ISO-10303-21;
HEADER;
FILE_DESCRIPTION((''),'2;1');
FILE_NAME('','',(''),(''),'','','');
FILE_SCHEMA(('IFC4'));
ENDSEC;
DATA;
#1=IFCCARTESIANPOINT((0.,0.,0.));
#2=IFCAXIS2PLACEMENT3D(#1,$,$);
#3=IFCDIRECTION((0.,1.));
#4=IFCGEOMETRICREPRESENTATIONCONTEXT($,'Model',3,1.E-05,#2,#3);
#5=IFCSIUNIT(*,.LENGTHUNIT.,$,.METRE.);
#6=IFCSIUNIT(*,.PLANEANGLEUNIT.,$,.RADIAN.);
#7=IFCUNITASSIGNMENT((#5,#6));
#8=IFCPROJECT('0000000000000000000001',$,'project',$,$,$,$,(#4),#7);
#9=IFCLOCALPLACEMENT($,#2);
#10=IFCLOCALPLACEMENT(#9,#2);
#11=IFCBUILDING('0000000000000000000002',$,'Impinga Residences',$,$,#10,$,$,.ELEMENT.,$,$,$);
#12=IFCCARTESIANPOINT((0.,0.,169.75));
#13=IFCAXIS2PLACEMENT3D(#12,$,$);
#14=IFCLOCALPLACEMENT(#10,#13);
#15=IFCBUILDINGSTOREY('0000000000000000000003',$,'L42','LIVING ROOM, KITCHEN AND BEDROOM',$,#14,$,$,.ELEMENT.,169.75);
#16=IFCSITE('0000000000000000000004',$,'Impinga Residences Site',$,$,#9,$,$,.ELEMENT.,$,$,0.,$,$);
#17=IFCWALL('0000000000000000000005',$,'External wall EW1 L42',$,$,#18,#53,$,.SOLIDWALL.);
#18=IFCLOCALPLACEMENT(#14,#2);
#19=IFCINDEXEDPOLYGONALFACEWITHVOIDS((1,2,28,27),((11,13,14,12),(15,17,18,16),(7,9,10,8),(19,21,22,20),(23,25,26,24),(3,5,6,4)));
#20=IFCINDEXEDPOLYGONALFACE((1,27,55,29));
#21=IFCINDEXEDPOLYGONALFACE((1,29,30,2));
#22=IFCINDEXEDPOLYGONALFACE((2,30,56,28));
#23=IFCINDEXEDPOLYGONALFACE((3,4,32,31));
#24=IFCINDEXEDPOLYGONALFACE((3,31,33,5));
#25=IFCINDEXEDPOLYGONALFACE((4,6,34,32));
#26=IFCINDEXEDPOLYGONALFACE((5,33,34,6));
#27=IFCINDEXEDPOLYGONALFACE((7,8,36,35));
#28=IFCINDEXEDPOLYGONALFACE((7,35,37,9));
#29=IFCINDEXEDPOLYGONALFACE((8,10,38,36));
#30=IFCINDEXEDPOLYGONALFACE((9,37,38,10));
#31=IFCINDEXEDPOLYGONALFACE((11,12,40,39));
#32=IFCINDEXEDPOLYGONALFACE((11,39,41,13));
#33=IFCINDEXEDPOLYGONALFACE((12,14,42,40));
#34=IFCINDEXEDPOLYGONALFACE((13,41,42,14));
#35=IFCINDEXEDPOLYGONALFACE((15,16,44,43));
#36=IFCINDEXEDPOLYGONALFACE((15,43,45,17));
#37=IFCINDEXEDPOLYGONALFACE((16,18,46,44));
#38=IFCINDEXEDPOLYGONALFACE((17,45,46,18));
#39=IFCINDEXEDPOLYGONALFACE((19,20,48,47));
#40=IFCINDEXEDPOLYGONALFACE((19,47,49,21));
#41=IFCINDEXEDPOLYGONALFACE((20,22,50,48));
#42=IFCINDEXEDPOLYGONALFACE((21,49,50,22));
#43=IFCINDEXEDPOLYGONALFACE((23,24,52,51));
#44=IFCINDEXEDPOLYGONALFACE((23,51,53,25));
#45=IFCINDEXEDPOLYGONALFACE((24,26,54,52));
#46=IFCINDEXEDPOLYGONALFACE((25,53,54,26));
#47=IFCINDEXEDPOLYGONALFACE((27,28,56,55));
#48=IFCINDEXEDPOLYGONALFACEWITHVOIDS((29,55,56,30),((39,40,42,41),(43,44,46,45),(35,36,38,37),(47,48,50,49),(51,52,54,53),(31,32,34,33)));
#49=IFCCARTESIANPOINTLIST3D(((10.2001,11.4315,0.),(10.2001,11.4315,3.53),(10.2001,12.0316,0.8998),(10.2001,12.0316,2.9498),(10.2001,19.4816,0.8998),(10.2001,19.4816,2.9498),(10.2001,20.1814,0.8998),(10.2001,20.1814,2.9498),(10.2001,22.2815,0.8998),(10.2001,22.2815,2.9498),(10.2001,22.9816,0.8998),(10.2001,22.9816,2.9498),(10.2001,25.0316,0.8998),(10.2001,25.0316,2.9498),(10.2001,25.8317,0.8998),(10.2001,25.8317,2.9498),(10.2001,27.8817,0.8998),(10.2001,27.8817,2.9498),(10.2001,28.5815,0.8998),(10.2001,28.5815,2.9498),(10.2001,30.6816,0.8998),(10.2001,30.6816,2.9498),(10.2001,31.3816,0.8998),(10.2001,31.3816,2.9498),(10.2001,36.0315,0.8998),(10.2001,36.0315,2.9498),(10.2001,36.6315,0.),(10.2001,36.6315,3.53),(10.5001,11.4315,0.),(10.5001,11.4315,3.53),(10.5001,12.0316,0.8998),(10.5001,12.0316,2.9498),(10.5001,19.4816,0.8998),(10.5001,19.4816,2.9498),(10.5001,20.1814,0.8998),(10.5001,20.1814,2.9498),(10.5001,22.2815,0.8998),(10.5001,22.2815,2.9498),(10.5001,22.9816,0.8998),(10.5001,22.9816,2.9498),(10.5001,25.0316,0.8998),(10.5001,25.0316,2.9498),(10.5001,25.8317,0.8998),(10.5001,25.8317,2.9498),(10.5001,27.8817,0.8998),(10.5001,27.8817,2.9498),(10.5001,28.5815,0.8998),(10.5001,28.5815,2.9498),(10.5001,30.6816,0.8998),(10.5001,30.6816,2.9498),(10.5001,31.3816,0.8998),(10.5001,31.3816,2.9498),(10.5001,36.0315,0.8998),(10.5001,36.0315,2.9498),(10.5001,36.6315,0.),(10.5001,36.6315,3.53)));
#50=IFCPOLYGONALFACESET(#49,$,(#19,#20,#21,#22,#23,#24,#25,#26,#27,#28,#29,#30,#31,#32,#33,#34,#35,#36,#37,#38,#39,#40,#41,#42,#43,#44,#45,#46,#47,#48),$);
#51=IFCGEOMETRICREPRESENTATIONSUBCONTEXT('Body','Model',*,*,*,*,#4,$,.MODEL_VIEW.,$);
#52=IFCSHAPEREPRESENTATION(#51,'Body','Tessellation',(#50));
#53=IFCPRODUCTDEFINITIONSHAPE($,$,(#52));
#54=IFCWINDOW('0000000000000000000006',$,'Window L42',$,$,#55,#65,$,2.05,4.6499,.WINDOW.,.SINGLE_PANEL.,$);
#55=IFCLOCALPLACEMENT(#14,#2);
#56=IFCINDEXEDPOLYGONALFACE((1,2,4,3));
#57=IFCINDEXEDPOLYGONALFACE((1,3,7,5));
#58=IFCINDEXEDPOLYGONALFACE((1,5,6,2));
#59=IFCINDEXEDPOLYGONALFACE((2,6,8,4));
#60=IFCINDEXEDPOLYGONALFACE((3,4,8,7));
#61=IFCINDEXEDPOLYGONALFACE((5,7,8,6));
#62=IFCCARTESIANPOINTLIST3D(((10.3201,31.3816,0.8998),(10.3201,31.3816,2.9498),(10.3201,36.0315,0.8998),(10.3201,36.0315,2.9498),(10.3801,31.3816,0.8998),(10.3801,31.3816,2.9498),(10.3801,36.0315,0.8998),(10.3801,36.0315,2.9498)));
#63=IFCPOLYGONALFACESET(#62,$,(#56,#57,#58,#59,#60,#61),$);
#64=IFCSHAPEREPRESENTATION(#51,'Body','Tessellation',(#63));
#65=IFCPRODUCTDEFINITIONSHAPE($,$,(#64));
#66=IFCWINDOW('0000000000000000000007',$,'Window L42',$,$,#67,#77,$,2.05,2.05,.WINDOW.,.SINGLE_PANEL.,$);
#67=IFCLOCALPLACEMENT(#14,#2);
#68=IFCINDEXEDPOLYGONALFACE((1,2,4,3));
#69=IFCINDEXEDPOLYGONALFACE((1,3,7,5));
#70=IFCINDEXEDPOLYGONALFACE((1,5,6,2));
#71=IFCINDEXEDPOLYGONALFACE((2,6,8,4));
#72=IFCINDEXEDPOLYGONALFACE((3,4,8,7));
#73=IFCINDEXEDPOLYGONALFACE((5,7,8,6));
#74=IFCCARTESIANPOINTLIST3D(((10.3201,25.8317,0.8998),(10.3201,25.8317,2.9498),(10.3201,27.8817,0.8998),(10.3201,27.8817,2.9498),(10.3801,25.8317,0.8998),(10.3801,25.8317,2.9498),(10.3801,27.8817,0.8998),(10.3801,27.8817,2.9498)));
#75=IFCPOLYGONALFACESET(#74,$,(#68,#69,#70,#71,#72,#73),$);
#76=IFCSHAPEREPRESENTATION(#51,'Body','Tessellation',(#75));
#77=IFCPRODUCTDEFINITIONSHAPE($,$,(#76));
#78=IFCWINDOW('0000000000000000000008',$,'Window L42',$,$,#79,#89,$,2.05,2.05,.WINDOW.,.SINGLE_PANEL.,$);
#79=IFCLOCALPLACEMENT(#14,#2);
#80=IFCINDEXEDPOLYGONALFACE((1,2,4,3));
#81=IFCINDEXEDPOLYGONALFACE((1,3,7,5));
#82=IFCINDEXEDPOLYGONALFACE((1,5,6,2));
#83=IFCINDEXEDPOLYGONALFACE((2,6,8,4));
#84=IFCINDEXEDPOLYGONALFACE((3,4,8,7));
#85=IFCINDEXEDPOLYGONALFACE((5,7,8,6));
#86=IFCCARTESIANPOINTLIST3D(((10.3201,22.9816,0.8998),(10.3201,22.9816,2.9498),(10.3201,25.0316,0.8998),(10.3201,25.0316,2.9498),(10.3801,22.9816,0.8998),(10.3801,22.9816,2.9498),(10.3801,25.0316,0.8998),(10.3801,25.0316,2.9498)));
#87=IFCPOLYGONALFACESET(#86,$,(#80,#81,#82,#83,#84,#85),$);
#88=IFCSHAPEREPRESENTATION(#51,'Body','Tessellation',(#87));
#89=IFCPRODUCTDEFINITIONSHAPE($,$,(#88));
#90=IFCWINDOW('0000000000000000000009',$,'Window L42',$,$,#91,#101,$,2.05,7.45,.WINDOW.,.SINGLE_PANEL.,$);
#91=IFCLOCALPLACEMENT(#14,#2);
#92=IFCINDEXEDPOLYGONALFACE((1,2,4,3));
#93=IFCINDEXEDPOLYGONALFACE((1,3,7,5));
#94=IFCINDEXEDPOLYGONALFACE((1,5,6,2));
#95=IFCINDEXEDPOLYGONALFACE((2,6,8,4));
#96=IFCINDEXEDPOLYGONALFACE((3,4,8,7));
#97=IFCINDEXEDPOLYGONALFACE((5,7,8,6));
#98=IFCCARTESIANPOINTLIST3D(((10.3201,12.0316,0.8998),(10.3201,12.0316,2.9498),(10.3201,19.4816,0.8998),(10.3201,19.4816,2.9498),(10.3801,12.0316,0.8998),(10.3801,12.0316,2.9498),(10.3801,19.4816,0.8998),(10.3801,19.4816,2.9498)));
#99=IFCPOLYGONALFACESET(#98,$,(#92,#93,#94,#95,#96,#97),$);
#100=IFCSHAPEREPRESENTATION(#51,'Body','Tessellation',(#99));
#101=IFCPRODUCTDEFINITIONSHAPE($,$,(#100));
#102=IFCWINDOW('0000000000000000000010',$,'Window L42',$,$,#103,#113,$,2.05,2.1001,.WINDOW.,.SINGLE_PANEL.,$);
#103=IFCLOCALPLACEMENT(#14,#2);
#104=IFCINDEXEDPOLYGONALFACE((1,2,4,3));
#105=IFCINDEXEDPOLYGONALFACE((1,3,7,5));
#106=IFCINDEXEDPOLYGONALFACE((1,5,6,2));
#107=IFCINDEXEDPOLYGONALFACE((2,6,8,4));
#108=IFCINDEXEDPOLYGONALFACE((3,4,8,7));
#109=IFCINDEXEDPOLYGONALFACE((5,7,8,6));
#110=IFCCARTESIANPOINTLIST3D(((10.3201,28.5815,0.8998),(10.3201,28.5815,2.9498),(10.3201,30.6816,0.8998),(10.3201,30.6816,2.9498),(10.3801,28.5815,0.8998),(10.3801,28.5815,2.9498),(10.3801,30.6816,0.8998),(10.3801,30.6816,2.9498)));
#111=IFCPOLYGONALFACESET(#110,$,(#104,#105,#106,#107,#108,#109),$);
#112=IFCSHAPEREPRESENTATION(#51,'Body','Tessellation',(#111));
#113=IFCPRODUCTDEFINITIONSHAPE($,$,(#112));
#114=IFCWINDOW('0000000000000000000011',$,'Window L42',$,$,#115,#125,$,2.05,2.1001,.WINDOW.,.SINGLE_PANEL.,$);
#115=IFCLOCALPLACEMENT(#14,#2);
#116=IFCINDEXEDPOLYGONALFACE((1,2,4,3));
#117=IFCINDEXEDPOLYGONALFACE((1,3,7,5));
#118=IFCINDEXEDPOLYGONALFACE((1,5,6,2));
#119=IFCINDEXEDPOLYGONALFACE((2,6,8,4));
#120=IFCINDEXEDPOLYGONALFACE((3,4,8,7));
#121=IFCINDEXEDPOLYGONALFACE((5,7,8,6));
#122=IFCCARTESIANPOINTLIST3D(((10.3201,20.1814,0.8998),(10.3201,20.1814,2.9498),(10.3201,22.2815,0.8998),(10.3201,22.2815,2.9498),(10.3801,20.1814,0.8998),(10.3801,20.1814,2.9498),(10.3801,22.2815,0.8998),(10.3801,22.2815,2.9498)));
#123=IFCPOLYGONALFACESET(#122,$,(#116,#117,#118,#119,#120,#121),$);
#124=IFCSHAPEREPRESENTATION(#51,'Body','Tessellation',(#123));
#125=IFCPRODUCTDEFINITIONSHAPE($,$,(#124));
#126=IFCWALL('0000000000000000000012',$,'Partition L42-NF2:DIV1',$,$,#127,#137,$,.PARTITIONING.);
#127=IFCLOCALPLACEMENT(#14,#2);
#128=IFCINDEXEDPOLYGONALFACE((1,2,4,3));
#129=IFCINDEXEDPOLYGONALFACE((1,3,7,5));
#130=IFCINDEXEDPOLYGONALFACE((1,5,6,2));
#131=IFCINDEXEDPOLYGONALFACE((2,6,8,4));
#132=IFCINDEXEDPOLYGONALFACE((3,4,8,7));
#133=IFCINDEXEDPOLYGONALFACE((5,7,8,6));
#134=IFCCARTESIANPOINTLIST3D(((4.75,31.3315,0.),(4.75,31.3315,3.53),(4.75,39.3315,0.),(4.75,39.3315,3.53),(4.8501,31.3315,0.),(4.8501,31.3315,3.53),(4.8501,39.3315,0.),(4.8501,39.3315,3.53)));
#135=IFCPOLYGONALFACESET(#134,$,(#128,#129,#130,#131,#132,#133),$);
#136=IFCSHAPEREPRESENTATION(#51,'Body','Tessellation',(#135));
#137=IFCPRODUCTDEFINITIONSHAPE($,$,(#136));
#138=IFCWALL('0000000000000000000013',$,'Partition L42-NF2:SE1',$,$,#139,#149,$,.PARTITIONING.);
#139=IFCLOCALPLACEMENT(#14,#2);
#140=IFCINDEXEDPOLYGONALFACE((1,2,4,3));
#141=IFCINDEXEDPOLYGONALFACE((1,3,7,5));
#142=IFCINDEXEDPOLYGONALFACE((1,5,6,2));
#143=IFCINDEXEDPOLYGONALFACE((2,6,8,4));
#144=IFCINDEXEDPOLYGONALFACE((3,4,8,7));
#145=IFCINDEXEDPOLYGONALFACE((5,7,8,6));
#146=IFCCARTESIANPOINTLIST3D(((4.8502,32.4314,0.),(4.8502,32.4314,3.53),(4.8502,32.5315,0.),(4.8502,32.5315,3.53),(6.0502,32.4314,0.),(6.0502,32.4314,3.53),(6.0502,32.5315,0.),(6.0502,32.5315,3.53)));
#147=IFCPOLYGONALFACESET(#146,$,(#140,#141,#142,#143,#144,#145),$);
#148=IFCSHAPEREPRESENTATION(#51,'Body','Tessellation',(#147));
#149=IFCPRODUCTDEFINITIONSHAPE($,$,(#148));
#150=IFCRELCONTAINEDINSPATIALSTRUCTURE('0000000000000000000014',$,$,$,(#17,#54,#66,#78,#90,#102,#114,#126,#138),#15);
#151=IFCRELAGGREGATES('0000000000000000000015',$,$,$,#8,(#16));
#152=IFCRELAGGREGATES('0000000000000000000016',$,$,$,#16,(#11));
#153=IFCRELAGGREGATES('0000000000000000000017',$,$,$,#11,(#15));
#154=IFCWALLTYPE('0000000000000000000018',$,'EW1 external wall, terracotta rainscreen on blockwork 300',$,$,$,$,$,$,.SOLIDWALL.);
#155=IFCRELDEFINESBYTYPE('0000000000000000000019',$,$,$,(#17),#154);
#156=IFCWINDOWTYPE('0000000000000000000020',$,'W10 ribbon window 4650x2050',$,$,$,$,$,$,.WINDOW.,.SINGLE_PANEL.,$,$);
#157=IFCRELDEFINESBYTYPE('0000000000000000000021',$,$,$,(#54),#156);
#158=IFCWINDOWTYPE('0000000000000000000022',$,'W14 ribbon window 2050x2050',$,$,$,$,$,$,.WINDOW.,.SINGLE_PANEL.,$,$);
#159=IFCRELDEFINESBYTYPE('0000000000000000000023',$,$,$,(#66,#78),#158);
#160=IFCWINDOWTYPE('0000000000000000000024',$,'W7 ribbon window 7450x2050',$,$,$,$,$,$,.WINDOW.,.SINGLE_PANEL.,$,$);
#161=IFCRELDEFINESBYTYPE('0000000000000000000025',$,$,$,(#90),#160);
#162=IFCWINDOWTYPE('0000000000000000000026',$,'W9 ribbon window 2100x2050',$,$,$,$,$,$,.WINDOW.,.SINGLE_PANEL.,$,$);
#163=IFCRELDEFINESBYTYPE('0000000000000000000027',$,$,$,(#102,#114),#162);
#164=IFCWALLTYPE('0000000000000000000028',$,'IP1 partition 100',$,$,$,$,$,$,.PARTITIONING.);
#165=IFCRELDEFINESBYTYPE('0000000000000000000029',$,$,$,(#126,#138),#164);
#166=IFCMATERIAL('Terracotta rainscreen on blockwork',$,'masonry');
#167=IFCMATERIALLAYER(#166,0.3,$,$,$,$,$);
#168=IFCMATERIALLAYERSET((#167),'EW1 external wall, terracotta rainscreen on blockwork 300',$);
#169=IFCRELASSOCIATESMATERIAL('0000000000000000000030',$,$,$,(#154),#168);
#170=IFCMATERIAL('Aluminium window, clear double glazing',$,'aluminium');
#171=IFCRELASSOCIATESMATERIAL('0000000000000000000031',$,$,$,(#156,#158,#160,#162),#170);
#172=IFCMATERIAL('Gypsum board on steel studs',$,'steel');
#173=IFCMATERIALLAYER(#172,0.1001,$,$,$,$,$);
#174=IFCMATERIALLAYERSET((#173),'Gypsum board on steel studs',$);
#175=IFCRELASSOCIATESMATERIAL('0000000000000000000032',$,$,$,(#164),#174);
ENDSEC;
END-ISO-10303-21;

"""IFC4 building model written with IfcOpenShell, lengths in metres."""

from ifc_helpers import new_model, si_unit, direction, frame, frame_2d, origin, place, context, subcontext, project, spatial, rectangle, extrude, material, layer, layer_set, type_object, element, fill, save


model = new_model("IFC4")

# Units and contexts
model_context = context("Model", 3, precision=1e-05, world=origin(), true_north=direction((0.0, 1.0)))
body_context = subcontext(model_context, "Body", "Model", "MODEL_VIEW")
ifc_project = project(units=[si_unit("LENGTHUNIT", "METRE"), si_unit("PLANEANGLEUNIT", "RADIAN")], contexts=[model_context])

# Site, building, storey
site_placement = place(None, origin())
site = spatial("IfcSite", under=ifc_project, at=site_placement, Name="Impinga Residences Site", CompositionType="ELEMENT", RefElevation=0.0)
building_placement = place(site_placement, origin())
building = spatial("IfcBuilding", under=site, at=building_placement, Name="Impinga Residences", CompositionType="ELEMENT")
storey_placement = place(building_placement, frame((0.0, 0.0, 169.75)))
storey = spatial("IfcBuildingStorey", under=building, at=storey_placement, Name="L42", Description="LIVING ROOM, KITCHEN AND BEDROOM", CompositionType="ELEMENT", Elevation=169.75)

# Shared definitions
ifc_material_1 = material(Name="Terracotta rainscreen on blockwork", Category="masonry")
ifc_layer_1 = layer(ifc_material_1, 0.3)
ifc_layer_set_1 = layer_set([ifc_layer_1], Name="EW1 external wall, terracotta rainscreen on blockwork 300")
wall_type_1 = type_object("IfcWallType", Name="EW1 external wall, terracotta rainscreen on blockwork 300", PredefinedType="SOLIDWALL", material=ifc_layer_set_1)

# Wall, openings, windows
wall_1_placement = place(storey_placement, frame((10.3501, 36.6316, 0.0), z_axis=(0.0, 0.0, 1.0), x_axis=(0.0, -1.0, 0.0)))
wall_1 = element("IfcWall", 1, at=wall_1_placement, inside=storey, type_object=wall_type_1, Name="External wall EW1 L42", PredefinedType="SOLIDWALL", context=body_context, shape_type="SweptSolid", body=[
    extrude(rectangle(XDim=25.2, YDim=0.3, at=frame_2d((12.6001, 0.0))), origin(), (0.0, 0.0, 1.0), 3.53),
])
opening_1_placement = place(wall_1_placement, frame((0.6001, 0.0, 0.8999)))
opening_1 = element("IfcOpeningElement", 2, at=opening_1_placement, cuts=wall_1, PredefinedType="OPENING", context=body_context, shape_type="SweptSolid", body=[
    extrude(rectangle(XDim=4.6499, YDim=2.05, at=frame_2d((2.325, 1.0249))), frame((0.0, 0.1599, 0.0), z_axis=(0.0, -1.0, 0.0), x_axis=(1.0, 0.0, 0.0)), (0.0, 0.0, 1.0), 0.3201),
])
opening_2_placement = place(wall_1_placement, frame((5.95, 0.0, 0.8999)))
opening_2 = element("IfcOpeningElement", 3, at=opening_2_placement, cuts=wall_1, PredefinedType="OPENING", context=body_context, shape_type="SweptSolid", body=[
    extrude(rectangle(XDim=2.1001, YDim=2.05, at=frame_2d((1.05, 1.0249))), frame((0.0, 0.1599, 0.0), z_axis=(0.0, -1.0, 0.0), x_axis=(1.0, 0.0, 0.0)), (0.0, 0.0, 1.0), 0.3201),
])
opening_3_placement = place(wall_1_placement, frame((8.75, 0.0, 0.8999)))
opening_3 = element("IfcOpeningElement", 4, at=opening_3_placement, cuts=wall_1, PredefinedType="OPENING", context=body_context, shape_type="SweptSolid", body=[
    extrude(rectangle(XDim=2.05, YDim=2.05, at=frame_2d((1.0249, 1.0249))), frame((0.0, 0.1599, 0.0), z_axis=(0.0, -1.0, 0.0), x_axis=(1.0, 0.0, 0.0)), (0.0, 0.0, 1.0), 0.3201),
])
opening_4_placement = place(wall_1_placement, frame((11.6001, 0.0, 0.8999)))
opening_4 = element("IfcOpeningElement", 5, at=opening_4_placement, cuts=wall_1, PredefinedType="OPENING", context=body_context, shape_type="SweptSolid", body=[
    extrude(rectangle(XDim=2.05, YDim=2.05, at=frame_2d((1.0249, 1.0249))), frame((0.0, 0.1599, 0.0), z_axis=(0.0, -1.0, 0.0), x_axis=(1.0, 0.0, 0.0)), (0.0, 0.0, 1.0), 0.3201),
])
opening_5_placement = place(wall_1_placement, frame((14.3501, 0.0, 0.8999)))
opening_5 = element("IfcOpeningElement", 6, at=opening_5_placement, cuts=wall_1, PredefinedType="OPENING", context=body_context, shape_type="SweptSolid", body=[
    extrude(rectangle(XDim=2.1001, YDim=2.05, at=frame_2d((1.05, 1.0249))), frame((0.0, 0.1599, 0.0), z_axis=(0.0, -1.0, 0.0), x_axis=(1.0, 0.0, 0.0)), (0.0, 0.0, 1.0), 0.3201),
])
opening_6_placement = place(wall_1_placement, frame((17.1499, 0.0, 0.8999)))
opening_6 = element("IfcOpeningElement", 7, at=opening_6_placement, cuts=wall_1, PredefinedType="OPENING", context=body_context, shape_type="SweptSolid", body=[
    extrude(rectangle(XDim=7.45, YDim=2.05, at=frame_2d((3.7251, 1.0249))), frame((0.0, 0.1599, 0.0), z_axis=(0.0, -1.0, 0.0), x_axis=(1.0, 0.0, 0.0)), (0.0, 0.0, 1.0), 0.3201),
])
ifc_material_2 = material(Name="Aluminium window, clear double glazing", Category="aluminium")
window_type_1 = type_object("IfcWindowType", Name="W10 ribbon window 4650x2050", PartitioningType="SINGLE_PANEL", PredefinedType="WINDOW", material=ifc_material_2)
window_1_placement = place(opening_1_placement, origin())
window_1 = element("IfcWindow", 8, at=window_1_placement, inside=storey, type_object=window_type_1, Name="Window L42", OverallHeight=2.05, OverallWidth=4.6499, PartitioningType="SINGLE_PANEL", PredefinedType="WINDOW", context=body_context, shape_type="SweptSolid", body=[
    extrude(rectangle(XDim=4.6499, YDim=2.05, at=frame_2d((2.325, 1.0249))), frame((0.0, 0.03, 0.0), z_axis=(0.0, -1.0, 0.0), x_axis=(1.0, 0.0, 0.0)), (0.0, 0.0, 1.0), 0.0601),
])
fill(opening_1, window_1)
window_type_2 = type_object("IfcWindowType", Name="W14 ribbon window 2050x2050", PartitioningType="SINGLE_PANEL", PredefinedType="WINDOW", material=ifc_material_2)
window_2_placement = place(opening_3_placement, origin())
window_2 = element("IfcWindow", 9, at=window_2_placement, inside=storey, type_object=window_type_2, Name="Window L42", OverallHeight=2.05, OverallWidth=2.05, PartitioningType="SINGLE_PANEL", PredefinedType="WINDOW", context=body_context, shape_type="SweptSolid", body=[
    extrude(rectangle(XDim=2.05, YDim=2.05, at=frame_2d((1.0249, 1.0249))), frame((0.0, 0.03, 0.0), z_axis=(0.0, -1.0, 0.0), x_axis=(1.0, 0.0, 0.0)), (0.0, 0.0, 1.0), 0.0601),
])
fill(opening_3, window_2)
window_3_placement = place(opening_4_placement, origin())
window_3 = element("IfcWindow", 10, at=window_3_placement, inside=storey, type_object=window_type_2, Name="Window L42", OverallHeight=2.05, OverallWidth=2.05, PartitioningType="SINGLE_PANEL", PredefinedType="WINDOW", context=body_context, shape_type="SweptSolid", body=[
    extrude(rectangle(XDim=2.05, YDim=2.05, at=frame_2d((1.0249, 1.0249))), frame((0.0, 0.03, 0.0), z_axis=(0.0, -1.0, 0.0), x_axis=(1.0, 0.0, 0.0)), (0.0, 0.0, 1.0), 0.0601),
])
fill(opening_4, window_3)
window_type_3 = type_object("IfcWindowType", Name="W7 ribbon window 7450x2050", PartitioningType="SINGLE_PANEL", PredefinedType="WINDOW", material=ifc_material_2)
window_4_placement = place(opening_6_placement, origin())
window_4 = element("IfcWindow", 11, at=window_4_placement, inside=storey, type_object=window_type_3, Name="Window L42", OverallHeight=2.05, OverallWidth=7.45, PartitioningType="SINGLE_PANEL", PredefinedType="WINDOW", context=body_context, shape_type="SweptSolid", body=[
    extrude(rectangle(XDim=7.45, YDim=2.05, at=frame_2d((3.7251, 1.0249))), frame((0.0, 0.03, 0.0), z_axis=(0.0, -1.0, 0.0), x_axis=(1.0, 0.0, 0.0)), (0.0, 0.0, 1.0), 0.0601),
])
fill(opening_6, window_4)
window_type_4 = type_object("IfcWindowType", Name="W9 ribbon window 2100x2050", PartitioningType="SINGLE_PANEL", PredefinedType="WINDOW", material=ifc_material_2)
window_5_placement = place(opening_2_placement, origin())
window_5 = element("IfcWindow", 12, at=window_5_placement, inside=storey, type_object=window_type_4, Name="Window L42", OverallHeight=2.05, OverallWidth=2.1001, PartitioningType="SINGLE_PANEL", PredefinedType="WINDOW", context=body_context, shape_type="SweptSolid", body=[
    extrude(rectangle(XDim=2.1001, YDim=2.05, at=frame_2d((1.05, 1.0249))), frame((0.0, 0.03, 0.0), z_axis=(0.0, -1.0, 0.0), x_axis=(1.0, 0.0, 0.0)), (0.0, 0.0, 1.0), 0.0601),
])
fill(opening_2, window_5)
window_6_placement = place(opening_5_placement, origin())
window_6 = element("IfcWindow", 13, at=window_6_placement, inside=storey, type_object=window_type_4, Name="Window L42", OverallHeight=2.05, OverallWidth=2.1001, PartitioningType="SINGLE_PANEL", PredefinedType="WINDOW", context=body_context, shape_type="SweptSolid", body=[
    extrude(rectangle(XDim=2.1001, YDim=2.05, at=frame_2d((1.05, 1.0249))), frame((0.0, 0.03, 0.0), z_axis=(0.0, -1.0, 0.0), x_axis=(1.0, 0.0, 0.0)), (0.0, 0.0, 1.0), 0.0601),
])
fill(opening_5, window_6)

# Walls
ifc_material_3 = material(Name="Gypsum board on steel studs", Category="steel")
ifc_layer_2 = layer(ifc_material_3, 0.1001)
ifc_layer_set_2 = layer_set([ifc_layer_2], Name="Gypsum board on steel studs")
wall_type_2 = type_object("IfcWallType", Name="IP1 partition 100", PredefinedType="PARTITIONING", material=ifc_layer_set_2)
wall_2_placement = place(storey_placement, frame((4.8, 31.3315, 0.0), z_axis=(0.0, 0.0, 1.0), x_axis=(0.0, 1.0, 0.0)))
element("IfcWall", 14, at=wall_2_placement, inside=storey, type_object=wall_type_2, Name="Partition L42-NF2:DIV1", PredefinedType="PARTITIONING", context=body_context, shape_type="SweptSolid", body=[
    extrude(rectangle(XDim=8.0, YDim=0.1001, at=frame_2d((4.0, 0.0))), origin(), (0.0, 0.0, 1.0), 3.53),
])
wall_3_placement = place(storey_placement, frame((4.8501, 32.4814, 0.0), z_axis=(0.0, 0.0, 1.0), x_axis=(1.0, 0.0, 0.0)))
element("IfcWall", 15, at=wall_3_placement, inside=storey, type_object=wall_type_2, Name="Partition L42-NF2:SE1", PredefinedType="PARTITIONING", context=body_context, shape_type="SweptSolid", body=[
    extrude(rectangle(XDim=1.2, YDim=0.1001, at=frame_2d((0.6001, 0.0))), origin(), (0.0, 0.0, 1.0), 3.53),
])

save(model, "model.ifc")
